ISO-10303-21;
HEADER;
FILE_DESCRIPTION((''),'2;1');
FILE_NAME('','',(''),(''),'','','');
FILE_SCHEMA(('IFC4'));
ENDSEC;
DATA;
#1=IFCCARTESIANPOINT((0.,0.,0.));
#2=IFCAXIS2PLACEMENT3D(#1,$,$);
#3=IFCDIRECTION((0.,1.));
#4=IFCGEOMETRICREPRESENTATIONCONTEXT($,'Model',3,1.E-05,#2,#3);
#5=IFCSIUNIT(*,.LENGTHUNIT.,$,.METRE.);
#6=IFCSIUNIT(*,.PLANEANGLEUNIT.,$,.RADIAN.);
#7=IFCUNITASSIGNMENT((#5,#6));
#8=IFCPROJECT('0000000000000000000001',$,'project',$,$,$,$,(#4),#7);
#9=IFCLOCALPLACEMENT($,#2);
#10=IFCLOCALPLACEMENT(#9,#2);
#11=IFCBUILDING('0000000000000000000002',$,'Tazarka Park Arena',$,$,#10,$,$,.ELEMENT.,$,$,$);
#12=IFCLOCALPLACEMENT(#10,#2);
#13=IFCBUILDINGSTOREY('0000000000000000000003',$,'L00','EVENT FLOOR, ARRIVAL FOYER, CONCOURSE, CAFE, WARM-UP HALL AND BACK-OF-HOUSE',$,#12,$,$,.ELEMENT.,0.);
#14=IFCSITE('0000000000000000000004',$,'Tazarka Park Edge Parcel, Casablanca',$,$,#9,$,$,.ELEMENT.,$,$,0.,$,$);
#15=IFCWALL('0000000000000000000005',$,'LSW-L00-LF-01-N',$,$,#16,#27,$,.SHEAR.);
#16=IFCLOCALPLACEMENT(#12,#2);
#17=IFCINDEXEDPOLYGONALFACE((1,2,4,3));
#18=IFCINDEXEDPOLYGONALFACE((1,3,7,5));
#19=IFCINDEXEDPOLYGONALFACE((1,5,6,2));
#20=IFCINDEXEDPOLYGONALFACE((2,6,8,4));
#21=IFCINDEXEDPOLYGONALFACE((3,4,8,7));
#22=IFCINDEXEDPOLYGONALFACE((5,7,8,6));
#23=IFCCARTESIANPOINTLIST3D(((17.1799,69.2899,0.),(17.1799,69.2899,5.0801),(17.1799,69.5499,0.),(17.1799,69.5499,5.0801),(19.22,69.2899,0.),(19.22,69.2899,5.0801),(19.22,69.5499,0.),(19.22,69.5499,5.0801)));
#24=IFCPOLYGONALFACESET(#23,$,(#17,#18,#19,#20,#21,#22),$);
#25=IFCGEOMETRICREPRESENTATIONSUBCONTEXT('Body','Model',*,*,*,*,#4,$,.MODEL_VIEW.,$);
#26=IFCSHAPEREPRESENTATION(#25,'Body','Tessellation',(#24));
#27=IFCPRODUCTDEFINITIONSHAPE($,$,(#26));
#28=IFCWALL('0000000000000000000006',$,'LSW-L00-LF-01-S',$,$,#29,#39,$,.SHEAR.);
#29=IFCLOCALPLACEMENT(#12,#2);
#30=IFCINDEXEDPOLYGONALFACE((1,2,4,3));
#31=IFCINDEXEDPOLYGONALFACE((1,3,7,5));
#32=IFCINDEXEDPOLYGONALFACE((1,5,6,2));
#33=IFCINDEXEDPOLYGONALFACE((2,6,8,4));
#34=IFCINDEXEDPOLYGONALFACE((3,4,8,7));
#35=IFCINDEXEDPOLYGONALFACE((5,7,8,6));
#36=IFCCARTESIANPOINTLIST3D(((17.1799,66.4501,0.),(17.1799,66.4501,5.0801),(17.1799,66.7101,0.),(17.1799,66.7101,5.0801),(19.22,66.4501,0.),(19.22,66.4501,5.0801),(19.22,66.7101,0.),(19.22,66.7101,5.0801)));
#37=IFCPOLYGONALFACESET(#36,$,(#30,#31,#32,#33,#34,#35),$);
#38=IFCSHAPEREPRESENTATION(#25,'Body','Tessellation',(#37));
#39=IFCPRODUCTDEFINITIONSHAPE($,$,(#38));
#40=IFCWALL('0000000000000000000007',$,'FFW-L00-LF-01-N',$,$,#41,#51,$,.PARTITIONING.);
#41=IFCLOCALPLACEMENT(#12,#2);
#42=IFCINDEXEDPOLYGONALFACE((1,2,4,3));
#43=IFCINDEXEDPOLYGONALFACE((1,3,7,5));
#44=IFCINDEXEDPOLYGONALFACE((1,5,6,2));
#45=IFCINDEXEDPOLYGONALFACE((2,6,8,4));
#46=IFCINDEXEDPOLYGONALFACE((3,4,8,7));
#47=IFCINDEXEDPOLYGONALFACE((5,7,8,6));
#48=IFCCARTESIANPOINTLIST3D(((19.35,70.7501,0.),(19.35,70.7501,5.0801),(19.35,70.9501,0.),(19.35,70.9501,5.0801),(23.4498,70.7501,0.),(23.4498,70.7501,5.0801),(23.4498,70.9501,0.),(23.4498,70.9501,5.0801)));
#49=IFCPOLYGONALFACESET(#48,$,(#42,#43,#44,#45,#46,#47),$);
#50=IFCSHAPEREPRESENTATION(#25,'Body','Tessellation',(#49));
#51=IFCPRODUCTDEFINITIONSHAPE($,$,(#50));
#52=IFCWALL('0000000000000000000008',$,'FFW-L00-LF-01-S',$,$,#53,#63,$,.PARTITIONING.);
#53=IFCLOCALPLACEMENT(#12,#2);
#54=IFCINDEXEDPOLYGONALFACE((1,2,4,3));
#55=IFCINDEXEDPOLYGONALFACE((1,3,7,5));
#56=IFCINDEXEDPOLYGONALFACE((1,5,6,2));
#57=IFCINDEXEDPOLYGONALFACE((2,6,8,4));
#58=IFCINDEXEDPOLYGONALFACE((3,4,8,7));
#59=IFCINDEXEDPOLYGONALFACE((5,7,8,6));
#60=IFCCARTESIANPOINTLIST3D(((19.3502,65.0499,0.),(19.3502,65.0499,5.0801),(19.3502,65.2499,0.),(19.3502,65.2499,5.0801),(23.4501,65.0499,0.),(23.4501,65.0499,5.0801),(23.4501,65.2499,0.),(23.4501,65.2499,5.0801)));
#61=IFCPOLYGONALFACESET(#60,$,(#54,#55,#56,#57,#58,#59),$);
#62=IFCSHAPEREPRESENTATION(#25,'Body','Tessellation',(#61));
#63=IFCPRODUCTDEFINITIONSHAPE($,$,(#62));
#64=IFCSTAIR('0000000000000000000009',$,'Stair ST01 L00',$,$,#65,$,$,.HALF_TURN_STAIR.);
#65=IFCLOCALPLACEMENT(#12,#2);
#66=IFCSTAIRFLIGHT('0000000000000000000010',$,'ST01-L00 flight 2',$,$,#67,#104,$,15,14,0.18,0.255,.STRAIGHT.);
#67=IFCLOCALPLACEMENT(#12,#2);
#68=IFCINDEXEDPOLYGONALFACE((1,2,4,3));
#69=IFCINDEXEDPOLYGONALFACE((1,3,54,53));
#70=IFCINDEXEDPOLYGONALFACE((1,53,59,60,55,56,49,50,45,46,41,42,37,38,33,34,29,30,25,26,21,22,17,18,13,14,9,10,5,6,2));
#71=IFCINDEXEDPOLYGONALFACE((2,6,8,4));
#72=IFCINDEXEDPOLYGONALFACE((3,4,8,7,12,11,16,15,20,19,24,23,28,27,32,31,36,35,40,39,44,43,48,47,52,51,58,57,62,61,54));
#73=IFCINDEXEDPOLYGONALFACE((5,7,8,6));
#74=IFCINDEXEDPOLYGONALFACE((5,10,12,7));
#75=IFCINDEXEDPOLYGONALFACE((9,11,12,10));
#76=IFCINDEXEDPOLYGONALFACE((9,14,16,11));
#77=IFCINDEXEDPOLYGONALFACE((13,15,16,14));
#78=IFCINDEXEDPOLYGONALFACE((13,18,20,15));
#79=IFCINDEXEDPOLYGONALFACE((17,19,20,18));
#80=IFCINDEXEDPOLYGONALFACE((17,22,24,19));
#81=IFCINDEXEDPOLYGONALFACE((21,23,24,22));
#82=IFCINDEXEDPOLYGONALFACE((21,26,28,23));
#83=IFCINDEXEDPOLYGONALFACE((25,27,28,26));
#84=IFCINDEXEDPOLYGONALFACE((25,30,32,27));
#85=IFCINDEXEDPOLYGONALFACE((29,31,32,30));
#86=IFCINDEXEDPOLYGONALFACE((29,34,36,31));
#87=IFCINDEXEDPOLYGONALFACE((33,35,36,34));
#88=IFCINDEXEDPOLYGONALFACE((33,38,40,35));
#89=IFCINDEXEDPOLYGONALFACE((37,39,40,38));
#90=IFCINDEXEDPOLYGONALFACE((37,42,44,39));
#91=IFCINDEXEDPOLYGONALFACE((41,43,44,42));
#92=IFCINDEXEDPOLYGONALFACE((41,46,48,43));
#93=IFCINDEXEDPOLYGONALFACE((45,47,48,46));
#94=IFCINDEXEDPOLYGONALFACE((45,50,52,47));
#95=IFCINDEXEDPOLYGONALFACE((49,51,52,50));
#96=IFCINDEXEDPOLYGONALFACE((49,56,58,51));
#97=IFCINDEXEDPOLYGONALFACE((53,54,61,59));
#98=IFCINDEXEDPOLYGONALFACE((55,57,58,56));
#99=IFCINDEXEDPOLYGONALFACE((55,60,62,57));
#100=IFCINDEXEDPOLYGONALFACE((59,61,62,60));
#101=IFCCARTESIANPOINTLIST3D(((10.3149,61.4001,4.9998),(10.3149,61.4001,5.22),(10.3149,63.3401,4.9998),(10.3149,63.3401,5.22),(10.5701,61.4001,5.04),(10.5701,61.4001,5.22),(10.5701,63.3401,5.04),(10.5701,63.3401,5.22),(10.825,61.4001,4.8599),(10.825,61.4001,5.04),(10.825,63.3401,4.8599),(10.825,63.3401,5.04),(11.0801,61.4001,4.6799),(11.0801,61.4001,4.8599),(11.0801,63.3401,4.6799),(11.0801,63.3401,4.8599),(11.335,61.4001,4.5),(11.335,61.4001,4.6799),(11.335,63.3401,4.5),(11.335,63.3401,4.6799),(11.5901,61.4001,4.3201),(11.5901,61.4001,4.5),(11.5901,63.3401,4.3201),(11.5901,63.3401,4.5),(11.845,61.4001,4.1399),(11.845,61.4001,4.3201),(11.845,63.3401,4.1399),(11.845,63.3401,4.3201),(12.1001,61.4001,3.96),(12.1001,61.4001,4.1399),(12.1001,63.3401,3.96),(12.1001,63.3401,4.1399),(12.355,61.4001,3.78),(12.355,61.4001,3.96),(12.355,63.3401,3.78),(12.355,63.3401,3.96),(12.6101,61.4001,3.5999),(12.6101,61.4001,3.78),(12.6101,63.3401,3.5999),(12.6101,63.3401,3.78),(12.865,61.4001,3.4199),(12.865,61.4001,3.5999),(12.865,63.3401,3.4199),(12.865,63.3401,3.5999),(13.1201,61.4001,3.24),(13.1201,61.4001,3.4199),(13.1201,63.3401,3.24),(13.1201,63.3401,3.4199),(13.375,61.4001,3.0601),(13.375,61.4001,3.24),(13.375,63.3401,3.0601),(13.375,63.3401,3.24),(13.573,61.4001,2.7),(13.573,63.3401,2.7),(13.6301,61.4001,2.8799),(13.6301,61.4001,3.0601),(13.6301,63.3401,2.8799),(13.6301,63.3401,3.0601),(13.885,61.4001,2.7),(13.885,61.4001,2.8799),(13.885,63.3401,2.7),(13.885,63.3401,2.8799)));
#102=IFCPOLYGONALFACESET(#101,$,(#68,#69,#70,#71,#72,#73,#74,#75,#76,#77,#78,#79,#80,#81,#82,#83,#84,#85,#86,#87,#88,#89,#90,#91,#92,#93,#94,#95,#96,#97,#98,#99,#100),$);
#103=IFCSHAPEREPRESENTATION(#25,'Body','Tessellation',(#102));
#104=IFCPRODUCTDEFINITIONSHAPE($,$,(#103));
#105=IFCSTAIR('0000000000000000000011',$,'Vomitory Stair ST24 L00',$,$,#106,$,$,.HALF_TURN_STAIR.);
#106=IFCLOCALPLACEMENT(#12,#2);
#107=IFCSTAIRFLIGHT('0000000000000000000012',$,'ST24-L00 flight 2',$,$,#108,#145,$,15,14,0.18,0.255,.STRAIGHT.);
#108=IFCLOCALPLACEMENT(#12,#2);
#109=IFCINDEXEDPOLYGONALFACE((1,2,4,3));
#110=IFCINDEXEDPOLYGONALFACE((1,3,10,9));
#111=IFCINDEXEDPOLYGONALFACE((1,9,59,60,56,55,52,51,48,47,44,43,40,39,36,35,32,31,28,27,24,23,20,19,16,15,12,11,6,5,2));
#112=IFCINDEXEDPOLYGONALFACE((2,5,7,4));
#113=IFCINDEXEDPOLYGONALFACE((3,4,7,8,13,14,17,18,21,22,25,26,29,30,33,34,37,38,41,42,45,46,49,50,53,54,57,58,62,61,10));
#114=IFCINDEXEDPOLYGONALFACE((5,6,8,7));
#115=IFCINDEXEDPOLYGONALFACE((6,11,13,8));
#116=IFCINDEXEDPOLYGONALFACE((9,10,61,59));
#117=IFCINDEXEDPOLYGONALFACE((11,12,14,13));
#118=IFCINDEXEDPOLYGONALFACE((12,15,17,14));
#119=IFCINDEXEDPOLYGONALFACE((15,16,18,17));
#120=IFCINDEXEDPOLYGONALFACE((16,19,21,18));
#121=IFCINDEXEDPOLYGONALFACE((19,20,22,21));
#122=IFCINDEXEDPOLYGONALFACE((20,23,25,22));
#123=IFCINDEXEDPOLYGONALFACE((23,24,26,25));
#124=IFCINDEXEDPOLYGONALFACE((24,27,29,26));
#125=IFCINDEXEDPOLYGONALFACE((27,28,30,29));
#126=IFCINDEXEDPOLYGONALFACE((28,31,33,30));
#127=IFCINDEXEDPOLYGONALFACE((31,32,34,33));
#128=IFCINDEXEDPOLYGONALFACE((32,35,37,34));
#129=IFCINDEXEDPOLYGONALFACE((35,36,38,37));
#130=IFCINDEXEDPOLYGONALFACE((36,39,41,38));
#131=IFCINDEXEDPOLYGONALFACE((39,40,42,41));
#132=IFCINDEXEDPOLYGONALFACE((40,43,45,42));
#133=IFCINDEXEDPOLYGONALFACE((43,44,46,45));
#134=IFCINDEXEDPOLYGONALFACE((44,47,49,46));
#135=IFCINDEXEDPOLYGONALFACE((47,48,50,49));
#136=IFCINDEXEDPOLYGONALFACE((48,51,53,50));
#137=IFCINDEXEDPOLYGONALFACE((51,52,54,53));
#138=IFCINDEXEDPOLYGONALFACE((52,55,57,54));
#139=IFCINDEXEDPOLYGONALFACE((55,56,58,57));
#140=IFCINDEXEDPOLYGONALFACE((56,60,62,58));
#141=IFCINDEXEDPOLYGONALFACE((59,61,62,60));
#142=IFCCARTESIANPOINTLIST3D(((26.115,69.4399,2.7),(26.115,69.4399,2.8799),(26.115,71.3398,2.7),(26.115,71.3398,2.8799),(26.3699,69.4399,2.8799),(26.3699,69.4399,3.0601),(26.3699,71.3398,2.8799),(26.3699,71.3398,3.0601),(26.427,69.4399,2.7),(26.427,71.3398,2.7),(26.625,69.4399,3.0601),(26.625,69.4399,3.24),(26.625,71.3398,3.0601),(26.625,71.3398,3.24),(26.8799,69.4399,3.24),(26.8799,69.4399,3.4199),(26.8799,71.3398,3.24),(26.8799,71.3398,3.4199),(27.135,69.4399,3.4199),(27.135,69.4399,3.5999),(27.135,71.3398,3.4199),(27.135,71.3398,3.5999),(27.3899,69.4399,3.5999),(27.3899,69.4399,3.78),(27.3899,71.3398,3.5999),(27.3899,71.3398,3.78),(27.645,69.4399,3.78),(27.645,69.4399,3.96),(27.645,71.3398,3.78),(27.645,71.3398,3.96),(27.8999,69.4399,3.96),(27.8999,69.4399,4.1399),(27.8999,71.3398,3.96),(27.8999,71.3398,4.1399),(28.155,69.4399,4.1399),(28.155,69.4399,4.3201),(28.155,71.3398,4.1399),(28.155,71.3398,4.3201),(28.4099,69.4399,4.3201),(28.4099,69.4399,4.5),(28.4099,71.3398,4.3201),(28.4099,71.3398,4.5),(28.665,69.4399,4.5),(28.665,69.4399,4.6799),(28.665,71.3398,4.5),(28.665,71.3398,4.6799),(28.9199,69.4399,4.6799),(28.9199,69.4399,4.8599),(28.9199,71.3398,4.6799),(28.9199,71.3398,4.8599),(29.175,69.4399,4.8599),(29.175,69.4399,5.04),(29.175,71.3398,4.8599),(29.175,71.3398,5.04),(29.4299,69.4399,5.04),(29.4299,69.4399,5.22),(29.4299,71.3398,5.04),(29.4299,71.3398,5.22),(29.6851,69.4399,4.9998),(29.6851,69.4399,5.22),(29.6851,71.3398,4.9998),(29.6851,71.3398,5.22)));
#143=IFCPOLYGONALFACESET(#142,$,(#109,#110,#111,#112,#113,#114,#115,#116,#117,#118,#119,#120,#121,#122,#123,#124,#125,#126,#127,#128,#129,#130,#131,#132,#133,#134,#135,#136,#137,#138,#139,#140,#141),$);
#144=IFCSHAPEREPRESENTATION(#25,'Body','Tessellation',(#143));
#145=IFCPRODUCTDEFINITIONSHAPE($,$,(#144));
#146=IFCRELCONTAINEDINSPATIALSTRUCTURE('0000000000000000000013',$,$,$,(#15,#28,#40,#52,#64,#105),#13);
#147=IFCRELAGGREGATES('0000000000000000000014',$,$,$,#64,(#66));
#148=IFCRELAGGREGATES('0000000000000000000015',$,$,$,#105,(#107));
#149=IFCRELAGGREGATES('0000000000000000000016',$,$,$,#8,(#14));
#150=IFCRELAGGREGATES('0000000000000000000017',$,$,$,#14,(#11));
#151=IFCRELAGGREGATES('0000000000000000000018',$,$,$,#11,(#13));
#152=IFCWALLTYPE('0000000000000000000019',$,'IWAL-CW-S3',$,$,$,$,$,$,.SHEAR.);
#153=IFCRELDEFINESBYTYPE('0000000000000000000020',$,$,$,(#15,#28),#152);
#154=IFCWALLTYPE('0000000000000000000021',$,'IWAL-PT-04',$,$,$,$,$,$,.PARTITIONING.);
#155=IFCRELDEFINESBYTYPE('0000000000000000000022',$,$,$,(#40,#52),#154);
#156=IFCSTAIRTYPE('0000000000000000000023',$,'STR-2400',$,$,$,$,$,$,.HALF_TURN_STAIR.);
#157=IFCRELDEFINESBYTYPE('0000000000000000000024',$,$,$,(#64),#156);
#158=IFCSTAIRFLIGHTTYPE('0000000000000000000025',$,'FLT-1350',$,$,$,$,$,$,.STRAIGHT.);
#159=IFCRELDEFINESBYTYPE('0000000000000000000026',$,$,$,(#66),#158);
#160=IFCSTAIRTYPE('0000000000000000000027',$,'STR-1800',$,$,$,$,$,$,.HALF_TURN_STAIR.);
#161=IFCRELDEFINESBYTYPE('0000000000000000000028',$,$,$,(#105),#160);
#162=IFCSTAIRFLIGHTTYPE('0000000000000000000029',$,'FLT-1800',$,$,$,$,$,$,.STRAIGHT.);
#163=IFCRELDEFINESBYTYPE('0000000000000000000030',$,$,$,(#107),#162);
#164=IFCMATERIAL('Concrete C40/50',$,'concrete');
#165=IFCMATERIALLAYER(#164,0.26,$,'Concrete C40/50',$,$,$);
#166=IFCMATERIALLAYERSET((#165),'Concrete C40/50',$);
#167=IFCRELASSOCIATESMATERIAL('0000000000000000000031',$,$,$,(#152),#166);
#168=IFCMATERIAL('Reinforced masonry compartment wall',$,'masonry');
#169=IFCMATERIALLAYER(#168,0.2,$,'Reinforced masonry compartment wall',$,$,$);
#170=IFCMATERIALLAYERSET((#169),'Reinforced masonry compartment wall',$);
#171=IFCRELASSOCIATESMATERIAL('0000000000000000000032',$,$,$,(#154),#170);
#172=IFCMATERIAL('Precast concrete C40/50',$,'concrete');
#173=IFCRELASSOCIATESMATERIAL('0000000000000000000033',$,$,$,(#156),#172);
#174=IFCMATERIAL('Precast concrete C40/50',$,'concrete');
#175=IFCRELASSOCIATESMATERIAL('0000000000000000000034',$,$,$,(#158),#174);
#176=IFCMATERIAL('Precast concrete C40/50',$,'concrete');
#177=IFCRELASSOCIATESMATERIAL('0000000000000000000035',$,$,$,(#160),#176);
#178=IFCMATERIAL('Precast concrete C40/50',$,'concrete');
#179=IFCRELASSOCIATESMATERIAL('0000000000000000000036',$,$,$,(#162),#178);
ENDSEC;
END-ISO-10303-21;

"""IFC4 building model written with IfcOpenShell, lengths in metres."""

from ifc_helpers import new_model, si_unit, direction, frame, frame_2d, origin, place, context, subcontext, project, spatial, polyline, rectangle, outline, extrude, material, layer, layer_set, type_object, element, aggregate, save


model = new_model("IFC4")

# Units and contexts
model_context = context("Model", 3, precision=1e-05, world=origin(), true_north=direction((0.0, 1.0)))
body_context = subcontext(model_context, "Body", "Model", "MODEL_VIEW")
ifc_project = project(units=[si_unit("LENGTHUNIT", "METRE"), si_unit("PLANEANGLEUNIT", "RADIAN")], contexts=[model_context])

# Site, building, storey
site_placement = place(None, origin())
site = spatial("IfcSite", under=ifc_project, at=site_placement, Name="Tazarka Park Edge Parcel, Casablanca", CompositionType="ELEMENT", RefElevation=0.0)
building_placement = place(site_placement, origin())
building = spatial("IfcBuilding", under=site, at=building_placement, Name="Tazarka Park Arena", CompositionType="ELEMENT")
storey_placement = place(building_placement, origin())
storey = spatial("IfcBuildingStorey", under=building, at=storey_placement, Name="L00", Description="EVENT FLOOR, ARRIVAL FOYER, CONCOURSE, CAFE, WARM-UP HALL AND BACK-OF-HOUSE", CompositionType="ELEMENT", Elevation=0.0)

# Walls
ifc_material_1 = material(Name="Concrete C40/50", Category="concrete")
ifc_layer_1 = layer(ifc_material_1, 0.26, Name="Concrete C40/50")
ifc_layer_set_1 = layer_set([ifc_layer_1], Name="Concrete C40/50")
wall_type_1 = type_object("IfcWallType", Name="IWAL-CW-S3", PredefinedType="SHEAR", material=ifc_layer_set_1)
for number, where, z_axis, x_axis, name in (
    (1, (17.1799, 69.4199, 0.0), (0.0, 0.0, 1.0), (1.0, 0.0, 0.0), "LSW-L00-LF-01-N"),
    (2, (19.22, 66.5801, 0.0), (0.0, 0.0, 1.0), (-1.0, 0.0, 0.0), "LSW-L00-LF-01-S"),
):
    element("IfcWall", number, at=place(storey_placement, frame(where, z_axis=z_axis, x_axis=x_axis)), inside=storey, type_object=wall_type_1, Name=name, PredefinedType="SHEAR", context=body_context, shape_type="SweptSolid", body=[
        extrude(rectangle(XDim=2.04, YDim=0.26, at=frame_2d((1.02, 0.0))), origin(), (0.0, 0.0, 1.0), 5.0801),
    ])

# Walls
ifc_material_2 = material(Name="Reinforced masonry compartment wall", Category="masonry")
ifc_layer_2 = layer(ifc_material_2, 0.2, Name="Reinforced masonry compartment wall")
ifc_layer_set_2 = layer_set([ifc_layer_2], Name="Reinforced masonry compartment wall")
wall_type_2 = type_object("IfcWallType", Name="IWAL-PT-04", PredefinedType="PARTITIONING", material=ifc_layer_set_2)
for number, where, z_axis, x_axis, name in (
    (3, (19.3501, 70.8501, 0.0), (0.0, 0.0, 1.0), (1.0, 0.0, 0.0), "FFW-L00-LF-01-N"),
    (4, (23.45, 65.1499, 0.0), (0.0, 0.0, 1.0), (-1.0, 0.0, 0.0), "FFW-L00-LF-01-S"),
):
    element("IfcWall", number, at=place(storey_placement, frame(where, z_axis=z_axis, x_axis=x_axis)), inside=storey, type_object=wall_type_2, Name=name, PredefinedType="PARTITIONING", context=body_context, shape_type="SweptSolid", body=[
        extrude(rectangle(XDim=4.0999, YDim=0.2, at=frame_2d((2.0498, 0.0))), origin(), (0.0, 0.0, 1.0), 5.0801),
    ])

# Stairs, stair flights
ifc_material_3 = material(Name="Precast concrete C40/50", Category="concrete")
stair_type_1 = type_object("IfcStairType", Name="STR-2400", PredefinedType="HALF_TURN_STAIR", material=ifc_material_3)
stair_1_placement = place(storey_placement, origin())
stair_1 = element("IfcStair", 5, at=stair_1_placement, inside=storey, type_object=stair_type_1, Name="Stair ST01 L00", PredefinedType="HALF_TURN_STAIR")
ifc_material_4 = material(Name="Precast concrete C40/50", Category="concrete")
stair_flight_type_1 = type_object("IfcStairFlightType", Name="FLT-1350", PredefinedType="STRAIGHT", material=ifc_material_4)
stair_flight_1_placement = place(storey_placement, frame((13.885, 62.3701, 2.7), z_axis=(0.0, 0.0, 1.0), x_axis=(-1.0, 0.0, 0.0)))
stair_flight_1 = element("IfcStairFlight", 6, at=stair_flight_1_placement, type_object=stair_flight_type_1, Name="ST01-L00 flight 2", NumberOfRisers=15, NumberOfTreads=14, PredefinedType="STRAIGHT", RiserHeight=0.18, TreadLength=0.255, context=body_context, shape_type="SweptSolid", body=[
    extrude(outline(polyline([(0.0, 0.0), (0.0, 0.1799), (0.2549, 0.1799), (0.2549, 0.3601), (0.51, 0.3601), (0.51, 0.54), (0.7649, 0.54), (0.7649, 0.72), (1.02, 0.72), (1.02, 0.8999), (1.2749, 0.8999), (1.2749, 1.0801), (1.53, 1.0801), (1.53, 1.26), (1.7849, 1.26), (1.7849, 1.4399), (2.04, 1.4399), (2.04, 1.6201), (2.2949, 1.6201), (2.2949, 1.8), (2.55, 1.8), (2.55, 1.98), (2.8049, 1.98), (2.8049, 2.1599), (3.0601, 2.1599), (3.0601, 2.3401), (3.3149, 2.3401), (3.3149, 2.52), (3.5701, 2.52), (3.5701, 2.7), (3.5701, 2.2998), (0.312, 0.0), (0.0, 0.0)])), frame((0.0, 0.97, 0.0), z_axis=(0.0, -1.0, 0.0), x_axis=(1.0, 0.0, 0.0)), (0.0, 0.0, 1.0), 1.9399),
])
aggregate(stair_1, [stair_flight_1])
ifc_material_5 = material(Name="Precast concrete C40/50", Category="concrete")
stair_type_2 = type_object("IfcStairType", Name="STR-1800", PredefinedType="HALF_TURN_STAIR", material=ifc_material_5)
stair_2_placement = place(storey_placement, origin())
stair_2 = element("IfcStair", 7, at=stair_2_placement, inside=storey, type_object=stair_type_2, Name="Vomitory Stair ST24 L00", PredefinedType="HALF_TURN_STAIR")
ifc_material_6 = material(Name="Precast concrete C40/50", Category="concrete")
stair_flight_type_2 = type_object("IfcStairFlightType", Name="FLT-1800", PredefinedType="STRAIGHT", material=ifc_material_6)
stair_flight_2_placement = place(storey_placement, frame((26.115, 70.3899, 2.7), z_axis=(0.0, 0.0, 1.0), x_axis=(1.0, 0.0, 0.0)))
stair_flight_2 = element("IfcStairFlight", 8, at=stair_flight_2_placement, type_object=stair_flight_type_2, Name="ST24-L00 flight 2", NumberOfRisers=15, NumberOfTreads=14, PredefinedType="STRAIGHT", RiserHeight=0.18, TreadLength=0.255, context=body_context, shape_type="SweptSolid", body=[
    extrude(outline(polyline([(0.0, 0.0), (0.0, 0.1799), (0.2549, 0.1799), (0.2549, 0.3601), (0.51, 0.3601), (0.51, 0.54), (0.7649, 0.54), (0.7649, 0.72), (1.02, 0.72), (1.02, 0.8999), (1.2749, 0.8999), (1.2749, 1.0801), (1.53, 1.0801), (1.53, 1.26), (1.7849, 1.26), (1.7849, 1.4399), (2.04, 1.4399), (2.04, 1.6201), (2.2949, 1.6201), (2.2949, 1.8), (2.55, 1.8), (2.55, 1.98), (2.8049, 1.98), (2.8049, 2.1599), (3.0601, 2.1599), (3.0601, 2.3401), (3.3149, 2.3401), (3.3149, 2.52), (3.5701, 2.52), (3.5701, 2.7), (3.5701, 2.2998), (0.312, 0.0), (0.0, 0.0)])), frame((0.0, 0.95, 0.0), z_axis=(0.0, -1.0, 0.0), x_axis=(1.0, 0.0, 0.0)), (0.0, 0.0, 1.0), 1.8999),
])
aggregate(stair_2, [stair_flight_2])

save(model, "model.ifc")
